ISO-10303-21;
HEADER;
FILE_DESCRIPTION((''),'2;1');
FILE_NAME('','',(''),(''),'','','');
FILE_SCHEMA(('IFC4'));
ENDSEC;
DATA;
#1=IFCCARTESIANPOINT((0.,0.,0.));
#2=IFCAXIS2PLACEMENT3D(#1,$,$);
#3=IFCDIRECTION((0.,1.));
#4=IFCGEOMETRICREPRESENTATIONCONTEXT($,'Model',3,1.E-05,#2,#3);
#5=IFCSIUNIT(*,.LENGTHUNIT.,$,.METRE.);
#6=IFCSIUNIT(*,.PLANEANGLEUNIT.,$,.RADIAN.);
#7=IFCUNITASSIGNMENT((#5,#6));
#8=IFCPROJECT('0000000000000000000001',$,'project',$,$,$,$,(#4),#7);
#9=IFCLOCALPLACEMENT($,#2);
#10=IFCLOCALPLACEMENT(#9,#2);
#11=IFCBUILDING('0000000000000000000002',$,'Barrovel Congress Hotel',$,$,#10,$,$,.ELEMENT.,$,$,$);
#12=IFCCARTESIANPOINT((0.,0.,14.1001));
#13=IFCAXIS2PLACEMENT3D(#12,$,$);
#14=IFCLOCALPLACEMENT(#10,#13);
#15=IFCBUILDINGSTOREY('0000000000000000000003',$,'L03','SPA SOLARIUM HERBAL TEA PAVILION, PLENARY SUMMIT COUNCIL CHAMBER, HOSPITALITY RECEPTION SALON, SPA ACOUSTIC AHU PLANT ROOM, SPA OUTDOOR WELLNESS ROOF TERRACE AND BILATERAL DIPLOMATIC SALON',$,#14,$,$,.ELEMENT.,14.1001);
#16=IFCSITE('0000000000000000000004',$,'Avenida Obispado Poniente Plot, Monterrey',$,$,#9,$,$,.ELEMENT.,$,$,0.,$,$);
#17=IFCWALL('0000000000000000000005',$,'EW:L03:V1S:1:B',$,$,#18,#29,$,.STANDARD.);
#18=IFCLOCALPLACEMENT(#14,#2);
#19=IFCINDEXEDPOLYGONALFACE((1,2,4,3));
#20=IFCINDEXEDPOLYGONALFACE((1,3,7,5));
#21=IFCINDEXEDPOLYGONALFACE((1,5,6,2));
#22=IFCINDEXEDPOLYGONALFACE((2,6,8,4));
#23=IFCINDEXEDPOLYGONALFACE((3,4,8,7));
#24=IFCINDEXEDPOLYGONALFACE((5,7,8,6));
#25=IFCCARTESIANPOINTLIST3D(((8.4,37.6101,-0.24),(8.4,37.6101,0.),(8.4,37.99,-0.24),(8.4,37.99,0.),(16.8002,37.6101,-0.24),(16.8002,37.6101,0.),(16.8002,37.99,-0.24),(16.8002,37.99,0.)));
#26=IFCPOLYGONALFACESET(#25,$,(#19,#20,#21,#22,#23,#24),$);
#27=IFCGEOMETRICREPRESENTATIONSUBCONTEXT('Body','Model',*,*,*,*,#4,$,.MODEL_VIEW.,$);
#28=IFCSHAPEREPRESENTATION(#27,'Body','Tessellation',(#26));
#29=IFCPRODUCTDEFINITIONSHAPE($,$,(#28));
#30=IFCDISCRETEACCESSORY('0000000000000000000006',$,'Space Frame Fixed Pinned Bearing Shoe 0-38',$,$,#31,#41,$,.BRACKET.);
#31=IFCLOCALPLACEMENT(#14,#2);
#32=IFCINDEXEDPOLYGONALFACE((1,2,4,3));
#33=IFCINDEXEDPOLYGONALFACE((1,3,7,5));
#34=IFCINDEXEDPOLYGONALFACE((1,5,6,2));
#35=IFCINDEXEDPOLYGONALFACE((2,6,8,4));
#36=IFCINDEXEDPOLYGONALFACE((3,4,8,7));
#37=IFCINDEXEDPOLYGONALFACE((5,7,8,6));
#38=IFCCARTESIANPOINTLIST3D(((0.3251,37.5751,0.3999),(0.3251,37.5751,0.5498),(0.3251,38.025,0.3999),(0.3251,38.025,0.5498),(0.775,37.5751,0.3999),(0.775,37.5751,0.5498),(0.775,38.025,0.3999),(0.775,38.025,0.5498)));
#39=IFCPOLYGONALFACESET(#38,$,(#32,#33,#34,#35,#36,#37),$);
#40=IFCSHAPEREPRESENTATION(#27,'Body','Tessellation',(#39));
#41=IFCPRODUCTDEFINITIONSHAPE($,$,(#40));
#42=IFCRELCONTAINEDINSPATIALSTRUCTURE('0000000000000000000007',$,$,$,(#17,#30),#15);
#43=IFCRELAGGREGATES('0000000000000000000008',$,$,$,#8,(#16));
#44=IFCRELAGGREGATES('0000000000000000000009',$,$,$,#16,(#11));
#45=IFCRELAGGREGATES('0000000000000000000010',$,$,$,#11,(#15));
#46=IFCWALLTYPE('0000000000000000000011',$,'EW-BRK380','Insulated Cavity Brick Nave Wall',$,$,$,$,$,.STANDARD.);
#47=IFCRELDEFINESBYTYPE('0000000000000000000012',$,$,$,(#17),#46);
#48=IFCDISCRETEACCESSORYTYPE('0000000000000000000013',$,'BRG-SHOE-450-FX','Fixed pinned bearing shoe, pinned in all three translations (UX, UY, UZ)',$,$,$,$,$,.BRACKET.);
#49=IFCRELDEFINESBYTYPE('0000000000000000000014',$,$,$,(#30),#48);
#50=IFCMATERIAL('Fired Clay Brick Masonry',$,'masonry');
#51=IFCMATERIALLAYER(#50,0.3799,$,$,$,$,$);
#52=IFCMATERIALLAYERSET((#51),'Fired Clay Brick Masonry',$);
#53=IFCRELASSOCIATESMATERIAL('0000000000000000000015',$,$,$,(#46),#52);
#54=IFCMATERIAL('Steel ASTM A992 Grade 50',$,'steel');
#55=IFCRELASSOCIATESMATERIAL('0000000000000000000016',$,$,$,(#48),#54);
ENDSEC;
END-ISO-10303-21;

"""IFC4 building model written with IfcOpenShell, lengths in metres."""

from ifc_helpers import new_model, si_unit, direction, frame, frame_2d, origin, origin_2d, place, context, subcontext, project, spatial, rectangle, extrude, material, layer, layer_set, type_object, element, save


model = new_model("IFC4")

# Units and contexts
model_context = context("Model", 3, precision=1e-05, world=origin(), true_north=direction((0.0, 1.0)))
body_context = subcontext(model_context, "Body", "Model", "MODEL_VIEW")
ifc_project = project(units=[si_unit("LENGTHUNIT", "METRE"), si_unit("PLANEANGLEUNIT", "RADIAN")], contexts=[model_context])

# Site, building, storey
site_placement = place(None, origin())
site = spatial("IfcSite", under=ifc_project, at=site_placement, Name="Avenida Obispado Poniente Plot, Monterrey", CompositionType="ELEMENT", RefElevation=0.0)
building_placement = place(site_placement, origin())
building = spatial("IfcBuilding", under=site, at=building_placement, Name="Barrovel Congress Hotel", CompositionType="ELEMENT")
storey_placement = place(building_placement, frame((0.0, 0.0, 14.1001)))
storey = spatial("IfcBuildingStorey", under=building, at=storey_placement, Name="L03", Description="SPA SOLARIUM HERBAL TEA PAVILION, PLENARY SUMMIT COUNCIL CHAMBER, HOSPITALITY RECEPTION SALON, SPA ACOUSTIC AHU PLANT ROOM, SPA OUTDOOR WELLNESS ROOF TERRACE AND BILATERAL DIPLOMATIC SALON", CompositionType="ELEMENT", Elevation=14.1001)

# Shared definitions
ifc_material_1 = material(Name="Steel ASTM A992 Grade 50", Category="steel")

# Wall
ifc_material_2 = material(Name="Fired Clay Brick Masonry", Category="masonry")
ifc_layer_1 = layer(ifc_material_2, 0.3799)
ifc_layer_set_1 = layer_set([ifc_layer_1], Name="Fired Clay Brick Masonry")
wall_type = type_object("IfcWallType", Name="EW-BRK380", Description="Insulated Cavity Brick Nave Wall", PredefinedType="STANDARD", material=ifc_layer_set_1)
wall_1_placement = place(storey_placement, frame((8.3999, 37.8, -0.24), z_axis=(0.0, 0.0, 1.0), x_axis=(1.0, 0.0, 0.0)))
element("IfcWall", 1, at=wall_1_placement, inside=storey, type_object=wall_type, Name="EW:L03:V1S:1:B", PredefinedType="STANDARD", context=body_context, shape_type="SweptSolid", body=[
    extrude(rectangle(XDim=8.4001, YDim=0.3799, at=frame_2d((4.2002, 0.0))), origin(), (0.0, 0.0, 1.0), 0.24),
])

# Discrete accessory
discrete_accessory_type = type_object("IfcDiscreteAccessoryType", Name="BRG-SHOE-450-FX", Description="Fixed pinned bearing shoe, pinned in all three translations (UX, UY, UZ)", PredefinedType="BRACKET", material=ifc_material_1)
discrete_accessory_placement = place(storey_placement, frame((0.55, 37.8, 0.3999), z_axis=(0.0, 0.0, 1.0), x_axis=(1.0, 0.0, 0.0)))
element("IfcDiscreteAccessory", 2, at=discrete_accessory_placement, inside=storey, type_object=discrete_accessory_type, Name="Space Frame Fixed Pinned Bearing Shoe 0-38", PredefinedType="BRACKET", context=body_context, shape_type="SweptSolid", body=[
    extrude(rectangle(XDim=0.45, YDim=0.45, at=origin_2d()), origin(), (0.0, 0.0, 1.0), 0.1499),
])

save(model, "model.ifc")
